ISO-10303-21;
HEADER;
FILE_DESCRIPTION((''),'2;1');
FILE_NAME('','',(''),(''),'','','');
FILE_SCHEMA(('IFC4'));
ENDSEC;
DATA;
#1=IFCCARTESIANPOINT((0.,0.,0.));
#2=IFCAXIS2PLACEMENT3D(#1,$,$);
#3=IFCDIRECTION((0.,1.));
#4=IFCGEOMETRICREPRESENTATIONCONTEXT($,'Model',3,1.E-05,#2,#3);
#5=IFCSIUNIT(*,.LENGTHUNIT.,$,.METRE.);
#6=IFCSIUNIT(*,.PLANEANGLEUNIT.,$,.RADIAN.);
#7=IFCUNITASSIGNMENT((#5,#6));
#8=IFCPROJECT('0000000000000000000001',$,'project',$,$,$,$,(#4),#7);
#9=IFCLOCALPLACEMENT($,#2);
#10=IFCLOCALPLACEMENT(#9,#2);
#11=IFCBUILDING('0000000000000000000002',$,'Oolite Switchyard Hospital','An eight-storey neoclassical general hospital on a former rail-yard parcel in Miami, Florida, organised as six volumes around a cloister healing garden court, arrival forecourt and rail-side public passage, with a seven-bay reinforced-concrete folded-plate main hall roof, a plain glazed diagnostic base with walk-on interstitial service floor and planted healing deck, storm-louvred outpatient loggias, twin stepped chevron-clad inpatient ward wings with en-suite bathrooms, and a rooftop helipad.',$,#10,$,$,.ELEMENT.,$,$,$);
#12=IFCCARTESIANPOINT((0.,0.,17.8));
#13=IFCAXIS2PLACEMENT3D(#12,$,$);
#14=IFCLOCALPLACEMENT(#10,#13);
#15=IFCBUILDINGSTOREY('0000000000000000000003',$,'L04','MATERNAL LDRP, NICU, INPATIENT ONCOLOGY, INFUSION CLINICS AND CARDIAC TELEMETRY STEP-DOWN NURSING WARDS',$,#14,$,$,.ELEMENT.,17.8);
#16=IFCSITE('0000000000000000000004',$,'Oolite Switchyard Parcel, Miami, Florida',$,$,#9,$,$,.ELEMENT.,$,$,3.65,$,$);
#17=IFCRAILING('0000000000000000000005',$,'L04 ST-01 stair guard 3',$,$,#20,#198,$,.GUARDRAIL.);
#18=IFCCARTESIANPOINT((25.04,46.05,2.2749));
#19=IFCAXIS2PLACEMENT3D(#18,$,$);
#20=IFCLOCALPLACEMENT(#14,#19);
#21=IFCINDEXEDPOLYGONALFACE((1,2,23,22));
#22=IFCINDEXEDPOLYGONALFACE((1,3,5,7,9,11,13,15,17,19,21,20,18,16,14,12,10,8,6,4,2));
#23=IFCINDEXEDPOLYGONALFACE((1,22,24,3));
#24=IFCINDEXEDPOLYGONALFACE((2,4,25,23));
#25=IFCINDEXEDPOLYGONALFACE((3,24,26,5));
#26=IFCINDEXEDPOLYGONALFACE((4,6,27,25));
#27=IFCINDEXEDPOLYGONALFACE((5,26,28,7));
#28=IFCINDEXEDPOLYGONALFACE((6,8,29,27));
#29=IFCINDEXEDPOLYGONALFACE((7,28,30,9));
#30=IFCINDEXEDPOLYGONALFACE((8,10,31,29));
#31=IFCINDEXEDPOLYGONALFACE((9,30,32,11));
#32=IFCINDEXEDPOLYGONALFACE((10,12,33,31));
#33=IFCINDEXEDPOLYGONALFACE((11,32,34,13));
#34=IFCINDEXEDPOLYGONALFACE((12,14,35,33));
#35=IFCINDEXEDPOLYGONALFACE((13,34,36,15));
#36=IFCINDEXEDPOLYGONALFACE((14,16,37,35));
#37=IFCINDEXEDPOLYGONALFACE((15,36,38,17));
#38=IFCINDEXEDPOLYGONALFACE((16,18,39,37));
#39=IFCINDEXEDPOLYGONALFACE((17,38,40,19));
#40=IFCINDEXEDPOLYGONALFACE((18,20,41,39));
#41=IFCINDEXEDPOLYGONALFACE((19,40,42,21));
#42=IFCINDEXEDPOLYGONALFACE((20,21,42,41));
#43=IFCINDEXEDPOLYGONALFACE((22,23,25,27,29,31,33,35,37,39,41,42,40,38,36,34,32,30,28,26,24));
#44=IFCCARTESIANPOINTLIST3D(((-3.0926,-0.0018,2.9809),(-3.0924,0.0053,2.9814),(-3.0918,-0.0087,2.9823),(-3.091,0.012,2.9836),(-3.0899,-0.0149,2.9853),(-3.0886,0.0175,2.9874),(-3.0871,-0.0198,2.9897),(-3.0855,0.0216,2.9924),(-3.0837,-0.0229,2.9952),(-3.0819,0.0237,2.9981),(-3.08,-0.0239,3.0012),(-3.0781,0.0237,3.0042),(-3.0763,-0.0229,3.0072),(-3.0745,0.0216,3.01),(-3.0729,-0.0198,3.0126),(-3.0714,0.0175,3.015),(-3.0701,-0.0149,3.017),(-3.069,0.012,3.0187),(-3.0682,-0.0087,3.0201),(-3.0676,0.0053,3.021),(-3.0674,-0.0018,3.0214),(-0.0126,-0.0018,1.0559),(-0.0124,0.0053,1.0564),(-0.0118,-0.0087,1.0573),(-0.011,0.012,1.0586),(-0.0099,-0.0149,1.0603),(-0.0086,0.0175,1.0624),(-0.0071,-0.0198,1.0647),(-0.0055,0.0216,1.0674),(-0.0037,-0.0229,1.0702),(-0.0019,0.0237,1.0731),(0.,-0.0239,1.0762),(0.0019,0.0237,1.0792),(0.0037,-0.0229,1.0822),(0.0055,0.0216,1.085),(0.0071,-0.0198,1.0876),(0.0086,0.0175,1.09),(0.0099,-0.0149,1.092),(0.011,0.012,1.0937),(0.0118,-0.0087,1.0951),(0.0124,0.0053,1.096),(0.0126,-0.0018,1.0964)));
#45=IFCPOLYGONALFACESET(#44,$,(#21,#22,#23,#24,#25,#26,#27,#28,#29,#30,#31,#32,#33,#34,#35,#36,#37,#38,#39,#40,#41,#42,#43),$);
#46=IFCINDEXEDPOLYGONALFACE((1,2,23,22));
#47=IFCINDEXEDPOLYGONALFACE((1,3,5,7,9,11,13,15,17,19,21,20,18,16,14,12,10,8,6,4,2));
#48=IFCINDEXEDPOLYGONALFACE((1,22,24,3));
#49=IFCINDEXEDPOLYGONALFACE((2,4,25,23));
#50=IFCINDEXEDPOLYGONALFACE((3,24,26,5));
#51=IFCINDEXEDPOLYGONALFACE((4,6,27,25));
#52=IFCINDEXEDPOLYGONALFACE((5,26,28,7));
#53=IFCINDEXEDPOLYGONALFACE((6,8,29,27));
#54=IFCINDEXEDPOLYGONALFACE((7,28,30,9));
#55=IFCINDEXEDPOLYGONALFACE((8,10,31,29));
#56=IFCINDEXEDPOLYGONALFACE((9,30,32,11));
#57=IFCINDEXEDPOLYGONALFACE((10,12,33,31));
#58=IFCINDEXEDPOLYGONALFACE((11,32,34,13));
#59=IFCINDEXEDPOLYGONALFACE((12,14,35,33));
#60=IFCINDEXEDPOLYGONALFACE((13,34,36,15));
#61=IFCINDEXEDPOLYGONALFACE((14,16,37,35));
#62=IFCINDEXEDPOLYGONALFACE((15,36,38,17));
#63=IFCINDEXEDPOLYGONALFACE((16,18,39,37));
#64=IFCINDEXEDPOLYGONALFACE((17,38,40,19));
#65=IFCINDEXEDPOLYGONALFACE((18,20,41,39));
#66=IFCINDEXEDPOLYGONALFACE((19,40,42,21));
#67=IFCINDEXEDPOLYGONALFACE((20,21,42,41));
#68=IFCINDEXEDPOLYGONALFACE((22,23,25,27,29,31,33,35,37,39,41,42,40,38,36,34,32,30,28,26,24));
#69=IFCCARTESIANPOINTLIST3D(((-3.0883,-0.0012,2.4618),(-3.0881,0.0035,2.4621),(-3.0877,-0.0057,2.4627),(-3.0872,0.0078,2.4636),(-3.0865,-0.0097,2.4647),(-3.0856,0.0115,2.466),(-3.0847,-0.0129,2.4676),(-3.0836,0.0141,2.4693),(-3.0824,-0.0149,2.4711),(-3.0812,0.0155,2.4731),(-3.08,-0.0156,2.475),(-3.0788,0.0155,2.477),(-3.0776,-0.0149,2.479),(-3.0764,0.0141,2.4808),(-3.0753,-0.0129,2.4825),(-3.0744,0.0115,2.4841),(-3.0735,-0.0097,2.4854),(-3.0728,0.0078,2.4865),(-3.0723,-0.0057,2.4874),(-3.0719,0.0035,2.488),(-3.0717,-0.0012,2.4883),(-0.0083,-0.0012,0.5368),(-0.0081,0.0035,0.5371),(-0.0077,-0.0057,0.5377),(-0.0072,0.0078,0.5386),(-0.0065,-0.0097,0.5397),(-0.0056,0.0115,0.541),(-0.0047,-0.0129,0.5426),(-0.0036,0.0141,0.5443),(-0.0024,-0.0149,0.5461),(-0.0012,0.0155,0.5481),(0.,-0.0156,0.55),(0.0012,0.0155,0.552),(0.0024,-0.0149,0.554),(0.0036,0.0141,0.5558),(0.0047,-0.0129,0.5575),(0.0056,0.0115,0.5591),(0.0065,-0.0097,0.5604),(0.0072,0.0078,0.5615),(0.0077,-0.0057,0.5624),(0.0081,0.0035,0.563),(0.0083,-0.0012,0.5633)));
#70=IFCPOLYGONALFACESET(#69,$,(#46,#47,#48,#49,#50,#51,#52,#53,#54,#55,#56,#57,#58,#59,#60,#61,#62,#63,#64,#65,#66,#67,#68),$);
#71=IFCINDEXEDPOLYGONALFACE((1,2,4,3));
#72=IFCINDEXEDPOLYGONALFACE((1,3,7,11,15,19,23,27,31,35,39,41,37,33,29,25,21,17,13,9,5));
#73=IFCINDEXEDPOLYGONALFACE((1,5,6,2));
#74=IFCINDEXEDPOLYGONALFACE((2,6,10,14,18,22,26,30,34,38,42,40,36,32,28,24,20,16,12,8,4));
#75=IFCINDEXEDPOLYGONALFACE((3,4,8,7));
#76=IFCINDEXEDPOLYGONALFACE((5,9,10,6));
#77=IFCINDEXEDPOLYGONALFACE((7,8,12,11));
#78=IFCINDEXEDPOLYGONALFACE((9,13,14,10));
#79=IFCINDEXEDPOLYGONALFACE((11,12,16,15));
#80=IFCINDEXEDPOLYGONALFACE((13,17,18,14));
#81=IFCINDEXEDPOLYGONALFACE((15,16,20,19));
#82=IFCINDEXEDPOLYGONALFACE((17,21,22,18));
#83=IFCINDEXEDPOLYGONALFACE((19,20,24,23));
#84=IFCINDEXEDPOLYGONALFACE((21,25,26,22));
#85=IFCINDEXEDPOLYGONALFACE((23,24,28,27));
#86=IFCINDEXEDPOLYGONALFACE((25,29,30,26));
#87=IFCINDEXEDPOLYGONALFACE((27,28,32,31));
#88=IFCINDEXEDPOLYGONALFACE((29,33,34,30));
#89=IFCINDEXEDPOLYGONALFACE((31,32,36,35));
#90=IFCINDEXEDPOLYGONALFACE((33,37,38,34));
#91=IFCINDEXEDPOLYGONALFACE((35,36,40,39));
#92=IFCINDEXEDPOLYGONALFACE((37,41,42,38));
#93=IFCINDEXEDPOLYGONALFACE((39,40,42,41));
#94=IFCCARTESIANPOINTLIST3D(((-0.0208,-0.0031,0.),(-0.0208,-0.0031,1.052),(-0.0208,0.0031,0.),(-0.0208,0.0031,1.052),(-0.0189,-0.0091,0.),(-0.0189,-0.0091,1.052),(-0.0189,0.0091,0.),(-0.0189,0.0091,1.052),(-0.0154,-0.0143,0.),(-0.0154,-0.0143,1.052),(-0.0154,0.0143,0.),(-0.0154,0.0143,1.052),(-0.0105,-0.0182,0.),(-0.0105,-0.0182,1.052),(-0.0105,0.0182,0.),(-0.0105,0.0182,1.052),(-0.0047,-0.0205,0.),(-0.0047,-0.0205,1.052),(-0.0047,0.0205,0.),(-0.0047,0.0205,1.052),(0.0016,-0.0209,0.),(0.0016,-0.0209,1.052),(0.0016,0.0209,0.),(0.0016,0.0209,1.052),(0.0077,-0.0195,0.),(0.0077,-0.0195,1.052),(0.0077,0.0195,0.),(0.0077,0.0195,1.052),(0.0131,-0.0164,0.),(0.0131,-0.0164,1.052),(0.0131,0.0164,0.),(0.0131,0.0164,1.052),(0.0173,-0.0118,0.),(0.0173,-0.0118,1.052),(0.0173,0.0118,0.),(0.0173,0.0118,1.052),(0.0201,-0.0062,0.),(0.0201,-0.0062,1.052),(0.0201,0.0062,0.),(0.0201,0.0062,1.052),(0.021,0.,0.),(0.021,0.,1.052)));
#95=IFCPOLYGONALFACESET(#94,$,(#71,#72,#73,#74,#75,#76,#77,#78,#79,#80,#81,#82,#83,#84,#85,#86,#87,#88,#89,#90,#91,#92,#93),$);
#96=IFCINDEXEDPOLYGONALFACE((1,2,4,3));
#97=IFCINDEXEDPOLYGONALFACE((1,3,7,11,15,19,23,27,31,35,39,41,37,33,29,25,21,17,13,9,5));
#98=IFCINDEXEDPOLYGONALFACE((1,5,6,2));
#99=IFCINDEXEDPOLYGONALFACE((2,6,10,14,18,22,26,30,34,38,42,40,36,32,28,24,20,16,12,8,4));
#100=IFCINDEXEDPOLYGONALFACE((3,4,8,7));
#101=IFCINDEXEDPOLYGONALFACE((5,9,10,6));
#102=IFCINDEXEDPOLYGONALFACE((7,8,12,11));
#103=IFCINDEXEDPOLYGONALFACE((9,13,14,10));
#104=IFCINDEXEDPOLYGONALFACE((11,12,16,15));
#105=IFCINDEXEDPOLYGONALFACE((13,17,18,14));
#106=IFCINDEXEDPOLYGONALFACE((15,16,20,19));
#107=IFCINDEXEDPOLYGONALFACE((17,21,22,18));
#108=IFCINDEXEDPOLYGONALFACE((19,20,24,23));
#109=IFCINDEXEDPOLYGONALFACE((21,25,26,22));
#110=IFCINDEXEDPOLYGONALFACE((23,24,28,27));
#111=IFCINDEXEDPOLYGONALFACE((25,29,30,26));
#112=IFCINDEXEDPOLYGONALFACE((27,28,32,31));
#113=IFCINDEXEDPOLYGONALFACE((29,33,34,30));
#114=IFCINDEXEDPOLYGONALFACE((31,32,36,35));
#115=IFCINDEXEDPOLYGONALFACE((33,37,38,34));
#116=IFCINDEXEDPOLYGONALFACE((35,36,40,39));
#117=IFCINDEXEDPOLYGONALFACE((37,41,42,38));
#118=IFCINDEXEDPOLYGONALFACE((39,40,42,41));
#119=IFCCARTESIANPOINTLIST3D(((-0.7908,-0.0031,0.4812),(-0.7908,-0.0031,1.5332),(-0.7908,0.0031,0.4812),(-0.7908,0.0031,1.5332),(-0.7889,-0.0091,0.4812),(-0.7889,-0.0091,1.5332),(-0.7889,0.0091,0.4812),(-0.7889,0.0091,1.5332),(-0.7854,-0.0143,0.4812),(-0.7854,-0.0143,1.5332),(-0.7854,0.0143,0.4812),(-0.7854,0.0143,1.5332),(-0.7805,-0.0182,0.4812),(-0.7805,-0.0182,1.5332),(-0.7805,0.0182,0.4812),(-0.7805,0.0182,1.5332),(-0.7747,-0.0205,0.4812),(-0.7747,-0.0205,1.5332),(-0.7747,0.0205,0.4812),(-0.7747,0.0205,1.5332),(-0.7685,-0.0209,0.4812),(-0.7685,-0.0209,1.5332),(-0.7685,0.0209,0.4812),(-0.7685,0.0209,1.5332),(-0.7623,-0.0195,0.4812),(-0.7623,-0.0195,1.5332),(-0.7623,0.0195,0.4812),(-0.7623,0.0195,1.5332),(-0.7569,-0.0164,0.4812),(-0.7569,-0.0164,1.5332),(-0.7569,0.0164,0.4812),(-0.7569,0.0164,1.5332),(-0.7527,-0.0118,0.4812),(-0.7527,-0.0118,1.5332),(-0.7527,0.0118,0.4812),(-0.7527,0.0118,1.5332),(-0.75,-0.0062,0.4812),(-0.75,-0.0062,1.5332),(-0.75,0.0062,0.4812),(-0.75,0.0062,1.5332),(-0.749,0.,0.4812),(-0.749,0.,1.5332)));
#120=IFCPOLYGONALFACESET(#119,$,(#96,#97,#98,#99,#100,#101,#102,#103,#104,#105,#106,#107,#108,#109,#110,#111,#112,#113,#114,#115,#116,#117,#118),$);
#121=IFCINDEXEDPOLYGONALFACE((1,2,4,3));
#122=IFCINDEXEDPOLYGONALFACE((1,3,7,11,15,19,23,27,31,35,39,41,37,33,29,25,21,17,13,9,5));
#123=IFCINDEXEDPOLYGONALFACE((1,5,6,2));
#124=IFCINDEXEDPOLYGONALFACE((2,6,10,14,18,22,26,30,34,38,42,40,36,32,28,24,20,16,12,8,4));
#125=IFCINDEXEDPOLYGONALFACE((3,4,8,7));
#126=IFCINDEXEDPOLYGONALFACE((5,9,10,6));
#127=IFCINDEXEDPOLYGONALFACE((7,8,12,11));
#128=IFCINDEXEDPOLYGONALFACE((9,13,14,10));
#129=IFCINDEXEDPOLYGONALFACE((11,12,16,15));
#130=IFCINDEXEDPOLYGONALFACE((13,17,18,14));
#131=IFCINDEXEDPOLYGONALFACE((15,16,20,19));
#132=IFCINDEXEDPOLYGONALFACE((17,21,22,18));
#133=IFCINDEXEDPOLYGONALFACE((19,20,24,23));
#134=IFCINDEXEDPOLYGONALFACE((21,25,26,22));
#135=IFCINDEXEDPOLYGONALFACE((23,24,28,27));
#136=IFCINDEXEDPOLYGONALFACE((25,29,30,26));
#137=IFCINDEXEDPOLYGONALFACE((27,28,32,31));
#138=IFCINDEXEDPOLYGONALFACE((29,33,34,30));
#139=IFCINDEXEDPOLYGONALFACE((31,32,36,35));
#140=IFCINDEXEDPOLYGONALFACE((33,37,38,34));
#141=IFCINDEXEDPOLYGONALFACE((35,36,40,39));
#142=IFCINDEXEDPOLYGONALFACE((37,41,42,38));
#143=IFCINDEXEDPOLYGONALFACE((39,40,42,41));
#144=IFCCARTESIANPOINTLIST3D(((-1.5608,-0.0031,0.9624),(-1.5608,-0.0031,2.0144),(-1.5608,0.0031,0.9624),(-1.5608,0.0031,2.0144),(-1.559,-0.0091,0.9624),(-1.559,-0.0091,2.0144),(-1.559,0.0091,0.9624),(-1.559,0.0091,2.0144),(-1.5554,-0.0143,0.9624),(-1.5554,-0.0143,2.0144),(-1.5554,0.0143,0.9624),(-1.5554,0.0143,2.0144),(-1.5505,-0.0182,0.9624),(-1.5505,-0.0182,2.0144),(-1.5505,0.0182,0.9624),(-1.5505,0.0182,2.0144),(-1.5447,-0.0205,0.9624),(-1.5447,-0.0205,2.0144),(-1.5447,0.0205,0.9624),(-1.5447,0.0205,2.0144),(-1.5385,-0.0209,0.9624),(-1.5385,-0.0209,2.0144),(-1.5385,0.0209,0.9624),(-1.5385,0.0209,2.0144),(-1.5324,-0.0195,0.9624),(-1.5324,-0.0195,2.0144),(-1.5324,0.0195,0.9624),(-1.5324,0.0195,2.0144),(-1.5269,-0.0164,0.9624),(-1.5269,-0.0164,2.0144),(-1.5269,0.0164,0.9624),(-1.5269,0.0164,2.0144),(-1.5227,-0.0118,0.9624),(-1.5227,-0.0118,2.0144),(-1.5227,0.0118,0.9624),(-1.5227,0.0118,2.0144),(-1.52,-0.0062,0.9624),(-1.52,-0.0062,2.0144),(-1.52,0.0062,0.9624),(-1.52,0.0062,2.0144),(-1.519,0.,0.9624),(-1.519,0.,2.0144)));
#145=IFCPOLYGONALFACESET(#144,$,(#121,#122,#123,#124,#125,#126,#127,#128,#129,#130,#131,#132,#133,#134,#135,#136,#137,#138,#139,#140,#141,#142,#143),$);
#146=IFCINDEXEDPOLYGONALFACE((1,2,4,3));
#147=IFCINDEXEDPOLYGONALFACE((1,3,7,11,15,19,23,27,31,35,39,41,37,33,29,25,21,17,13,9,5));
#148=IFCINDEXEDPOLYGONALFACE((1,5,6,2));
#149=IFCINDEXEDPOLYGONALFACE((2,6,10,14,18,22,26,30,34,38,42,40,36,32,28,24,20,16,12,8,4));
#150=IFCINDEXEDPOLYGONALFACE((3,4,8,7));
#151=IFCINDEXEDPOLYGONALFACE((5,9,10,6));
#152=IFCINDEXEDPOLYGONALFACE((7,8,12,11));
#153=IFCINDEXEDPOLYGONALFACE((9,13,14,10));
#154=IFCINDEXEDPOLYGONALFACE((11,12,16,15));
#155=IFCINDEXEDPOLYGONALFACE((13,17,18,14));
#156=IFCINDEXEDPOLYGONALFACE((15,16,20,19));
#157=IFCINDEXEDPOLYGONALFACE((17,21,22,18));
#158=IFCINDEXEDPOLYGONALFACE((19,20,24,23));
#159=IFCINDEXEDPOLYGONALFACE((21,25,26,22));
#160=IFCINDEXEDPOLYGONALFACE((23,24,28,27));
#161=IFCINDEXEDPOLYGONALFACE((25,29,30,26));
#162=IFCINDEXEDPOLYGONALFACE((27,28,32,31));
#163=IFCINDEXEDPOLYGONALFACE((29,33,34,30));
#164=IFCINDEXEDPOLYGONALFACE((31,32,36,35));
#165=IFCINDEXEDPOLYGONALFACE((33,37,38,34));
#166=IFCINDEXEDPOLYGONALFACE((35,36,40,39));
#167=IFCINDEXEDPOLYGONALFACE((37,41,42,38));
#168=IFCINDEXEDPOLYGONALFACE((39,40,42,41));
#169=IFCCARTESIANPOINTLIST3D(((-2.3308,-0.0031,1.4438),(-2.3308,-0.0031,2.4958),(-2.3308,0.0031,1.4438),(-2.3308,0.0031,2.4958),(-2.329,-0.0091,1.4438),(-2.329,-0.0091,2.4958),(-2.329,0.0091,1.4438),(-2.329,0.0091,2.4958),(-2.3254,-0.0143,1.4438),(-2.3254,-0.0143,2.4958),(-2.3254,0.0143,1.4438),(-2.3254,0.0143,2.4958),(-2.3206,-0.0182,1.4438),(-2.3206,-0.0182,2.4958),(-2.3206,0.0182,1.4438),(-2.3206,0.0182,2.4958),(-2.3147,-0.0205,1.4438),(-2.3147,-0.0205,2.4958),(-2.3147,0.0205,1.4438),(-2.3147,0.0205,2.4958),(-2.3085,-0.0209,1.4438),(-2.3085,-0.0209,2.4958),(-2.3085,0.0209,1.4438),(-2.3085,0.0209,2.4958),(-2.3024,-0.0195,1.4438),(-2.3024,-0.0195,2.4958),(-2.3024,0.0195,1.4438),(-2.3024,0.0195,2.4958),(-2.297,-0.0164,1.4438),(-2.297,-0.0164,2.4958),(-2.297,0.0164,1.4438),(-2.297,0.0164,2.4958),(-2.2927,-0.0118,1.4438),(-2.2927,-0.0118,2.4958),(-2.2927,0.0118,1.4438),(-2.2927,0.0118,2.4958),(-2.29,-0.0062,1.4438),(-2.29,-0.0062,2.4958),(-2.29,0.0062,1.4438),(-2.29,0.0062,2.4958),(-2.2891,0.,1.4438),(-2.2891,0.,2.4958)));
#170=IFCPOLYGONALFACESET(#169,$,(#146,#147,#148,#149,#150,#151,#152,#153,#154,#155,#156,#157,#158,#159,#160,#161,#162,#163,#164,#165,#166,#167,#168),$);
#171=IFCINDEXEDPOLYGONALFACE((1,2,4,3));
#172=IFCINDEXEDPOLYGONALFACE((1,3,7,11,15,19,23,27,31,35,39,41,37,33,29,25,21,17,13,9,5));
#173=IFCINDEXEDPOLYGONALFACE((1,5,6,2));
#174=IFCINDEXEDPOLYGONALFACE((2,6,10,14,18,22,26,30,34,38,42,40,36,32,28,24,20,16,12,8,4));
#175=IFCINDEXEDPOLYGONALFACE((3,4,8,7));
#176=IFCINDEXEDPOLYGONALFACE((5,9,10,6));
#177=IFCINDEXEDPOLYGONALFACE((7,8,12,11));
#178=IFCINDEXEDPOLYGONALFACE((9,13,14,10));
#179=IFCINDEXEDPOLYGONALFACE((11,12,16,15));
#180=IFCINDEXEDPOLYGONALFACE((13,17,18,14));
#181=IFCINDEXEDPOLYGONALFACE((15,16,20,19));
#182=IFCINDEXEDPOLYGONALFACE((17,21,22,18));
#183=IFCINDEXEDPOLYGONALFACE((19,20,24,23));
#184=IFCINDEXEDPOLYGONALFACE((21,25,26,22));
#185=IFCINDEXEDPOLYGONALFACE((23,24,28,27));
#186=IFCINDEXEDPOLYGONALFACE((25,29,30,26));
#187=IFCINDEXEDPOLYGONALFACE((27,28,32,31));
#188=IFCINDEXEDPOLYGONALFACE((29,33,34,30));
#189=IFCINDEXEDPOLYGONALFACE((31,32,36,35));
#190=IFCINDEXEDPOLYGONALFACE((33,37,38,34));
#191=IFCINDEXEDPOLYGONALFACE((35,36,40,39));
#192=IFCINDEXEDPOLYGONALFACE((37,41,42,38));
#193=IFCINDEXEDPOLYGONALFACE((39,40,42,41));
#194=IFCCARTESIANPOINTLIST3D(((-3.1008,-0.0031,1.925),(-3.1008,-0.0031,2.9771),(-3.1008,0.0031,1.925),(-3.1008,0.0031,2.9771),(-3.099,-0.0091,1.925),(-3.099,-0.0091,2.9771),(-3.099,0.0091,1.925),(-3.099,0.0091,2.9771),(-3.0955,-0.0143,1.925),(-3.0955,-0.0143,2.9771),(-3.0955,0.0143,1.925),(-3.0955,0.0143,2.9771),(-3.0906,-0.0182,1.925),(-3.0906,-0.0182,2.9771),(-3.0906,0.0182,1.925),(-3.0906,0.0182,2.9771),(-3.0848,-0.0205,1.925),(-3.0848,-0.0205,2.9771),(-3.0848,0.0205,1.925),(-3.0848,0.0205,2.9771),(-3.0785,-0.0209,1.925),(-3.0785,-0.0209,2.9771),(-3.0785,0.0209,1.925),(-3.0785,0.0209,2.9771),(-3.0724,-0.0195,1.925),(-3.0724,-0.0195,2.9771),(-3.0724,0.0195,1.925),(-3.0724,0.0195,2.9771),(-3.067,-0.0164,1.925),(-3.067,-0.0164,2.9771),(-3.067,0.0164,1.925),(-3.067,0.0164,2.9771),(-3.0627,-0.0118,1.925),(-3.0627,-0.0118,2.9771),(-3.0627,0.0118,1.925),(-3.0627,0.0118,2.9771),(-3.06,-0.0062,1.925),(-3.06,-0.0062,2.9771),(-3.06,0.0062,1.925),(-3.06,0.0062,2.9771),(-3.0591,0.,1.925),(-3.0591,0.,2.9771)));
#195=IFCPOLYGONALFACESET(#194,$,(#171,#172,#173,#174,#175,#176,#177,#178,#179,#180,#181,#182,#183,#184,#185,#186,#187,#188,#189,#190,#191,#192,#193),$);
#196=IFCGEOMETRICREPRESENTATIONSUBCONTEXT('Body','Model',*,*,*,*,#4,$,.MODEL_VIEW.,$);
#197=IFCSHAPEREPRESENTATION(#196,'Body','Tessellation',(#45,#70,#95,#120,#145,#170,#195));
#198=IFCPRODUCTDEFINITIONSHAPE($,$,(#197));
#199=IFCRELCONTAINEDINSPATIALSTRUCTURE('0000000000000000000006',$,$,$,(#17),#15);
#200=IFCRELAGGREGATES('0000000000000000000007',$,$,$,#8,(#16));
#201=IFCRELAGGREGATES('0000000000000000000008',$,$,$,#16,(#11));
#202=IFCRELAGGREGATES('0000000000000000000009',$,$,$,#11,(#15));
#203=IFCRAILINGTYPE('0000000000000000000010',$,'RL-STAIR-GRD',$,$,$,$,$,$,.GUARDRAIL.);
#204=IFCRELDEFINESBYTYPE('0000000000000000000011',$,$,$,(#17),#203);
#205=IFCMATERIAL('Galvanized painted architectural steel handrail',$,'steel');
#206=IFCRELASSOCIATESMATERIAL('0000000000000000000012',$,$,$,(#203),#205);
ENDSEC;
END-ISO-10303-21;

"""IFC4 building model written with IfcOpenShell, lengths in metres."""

from ifc_helpers import new_model, si_unit, direction, frame, origin, origin_2d, place, context, subcontext, project, spatial, circle, extrude, material, type_object, element, save


model = new_model("IFC4")

# Units and contexts
model_context = context("Model", 3, precision=1e-05, world=origin(), true_north=direction((0.0, 1.0)))
body_context = subcontext(model_context, "Body", "Model", "MODEL_VIEW")
ifc_project = project(units=[si_unit("LENGTHUNIT", "METRE"), si_unit("PLANEANGLEUNIT", "RADIAN")], contexts=[model_context])

# Site, building, storey
site_placement = place(None, origin())
site = spatial("IfcSite", under=ifc_project, at=site_placement, Name="Oolite Switchyard Parcel, Miami, Florida", CompositionType="ELEMENT", RefElevation=3.65)
building_placement = place(site_placement, origin())
building = spatial("IfcBuilding", under=site, at=building_placement, Name="Oolite Switchyard Hospital", Description="An eight-storey neoclassical general hospital on a former rail-yard parcel in Miami, Florida, organised as six volumes around a cloister healing garden court, arrival forecourt and rail-side public passage, with a seven-bay reinforced-concrete folded-plate main hall roof, a plain glazed diagnostic base with walk-on interstitial service floor and planted healing deck, storm-louvred outpatient loggias, twin stepped chevron-clad inpatient ward wings with en-suite bathrooms, and a rooftop helipad.", CompositionType="ELEMENT")
storey_placement = place(building_placement, frame((0.0, 0.0, 17.8)))
storey = spatial("IfcBuildingStorey", under=building, at=storey_placement, Name="L04", Description="MATERNAL LDRP, NICU, INPATIENT ONCOLOGY, INFUSION CLINICS AND CARDIAC TELEMETRY STEP-DOWN NURSING WARDS", CompositionType="ELEMENT", Elevation=17.8)

# Railing
ifc_material_1 = material(Name="Galvanized painted architectural steel handrail", Category="steel")
railing_type_1 = type_object("IfcRailingType", Name="RL-STAIR-GRD", PredefinedType="GUARDRAIL", material=ifc_material_1)
railing_1_placement = place(storey_placement, frame((25.04, 46.05, 2.2749)))
element("IfcRailing", 1, at=railing_1_placement, inside=storey, type_object=railing_type_1, Name="L04 ST-01 stair guard 3", PredefinedType="GUARDRAIL", context=body_context, shape_type="SweptSolid", body=[
    extrude(circle(Radius=0.0239, at=origin_2d()), frame((0.0, 0.0, 1.0762), z_axis=(-0.847998, 0.0, 0.529999), x_axis=(0.0, -1.0, 0.0)), (0.0, 0.0, 1.0), 3.6321),
    extrude(circle(Radius=0.0156, at=origin_2d()), frame((0.0, 0.0, 0.55), z_axis=(-0.847998, 0.0, 0.529999), x_axis=(0.0, -1.0, 0.0)), (0.0, 0.0, 1.0), 3.6321),
    extrude(circle(Radius=0.021, at=origin_2d()), origin(), (0.0, 0.0, 1.0), 1.052),
    extrude(circle(Radius=0.021, at=origin_2d()), frame((-0.77, 0.0, 0.4812)), (0.0, 0.0, 1.0), 1.052),
    extrude(circle(Radius=0.021, at=origin_2d()), frame((-1.54, 0.0, 0.9624)), (0.0, 0.0, 1.0), 1.052),
    extrude(circle(Radius=0.021, at=origin_2d()), frame((-2.3101, 0.0, 1.4438)), (0.0, 0.0, 1.0), 1.052),
    extrude(circle(Radius=0.021, at=origin_2d()), frame((-3.0801, 0.0, 1.925)), (0.0, 0.0, 1.0), 1.052),
])

save(model, "model.ifc")
